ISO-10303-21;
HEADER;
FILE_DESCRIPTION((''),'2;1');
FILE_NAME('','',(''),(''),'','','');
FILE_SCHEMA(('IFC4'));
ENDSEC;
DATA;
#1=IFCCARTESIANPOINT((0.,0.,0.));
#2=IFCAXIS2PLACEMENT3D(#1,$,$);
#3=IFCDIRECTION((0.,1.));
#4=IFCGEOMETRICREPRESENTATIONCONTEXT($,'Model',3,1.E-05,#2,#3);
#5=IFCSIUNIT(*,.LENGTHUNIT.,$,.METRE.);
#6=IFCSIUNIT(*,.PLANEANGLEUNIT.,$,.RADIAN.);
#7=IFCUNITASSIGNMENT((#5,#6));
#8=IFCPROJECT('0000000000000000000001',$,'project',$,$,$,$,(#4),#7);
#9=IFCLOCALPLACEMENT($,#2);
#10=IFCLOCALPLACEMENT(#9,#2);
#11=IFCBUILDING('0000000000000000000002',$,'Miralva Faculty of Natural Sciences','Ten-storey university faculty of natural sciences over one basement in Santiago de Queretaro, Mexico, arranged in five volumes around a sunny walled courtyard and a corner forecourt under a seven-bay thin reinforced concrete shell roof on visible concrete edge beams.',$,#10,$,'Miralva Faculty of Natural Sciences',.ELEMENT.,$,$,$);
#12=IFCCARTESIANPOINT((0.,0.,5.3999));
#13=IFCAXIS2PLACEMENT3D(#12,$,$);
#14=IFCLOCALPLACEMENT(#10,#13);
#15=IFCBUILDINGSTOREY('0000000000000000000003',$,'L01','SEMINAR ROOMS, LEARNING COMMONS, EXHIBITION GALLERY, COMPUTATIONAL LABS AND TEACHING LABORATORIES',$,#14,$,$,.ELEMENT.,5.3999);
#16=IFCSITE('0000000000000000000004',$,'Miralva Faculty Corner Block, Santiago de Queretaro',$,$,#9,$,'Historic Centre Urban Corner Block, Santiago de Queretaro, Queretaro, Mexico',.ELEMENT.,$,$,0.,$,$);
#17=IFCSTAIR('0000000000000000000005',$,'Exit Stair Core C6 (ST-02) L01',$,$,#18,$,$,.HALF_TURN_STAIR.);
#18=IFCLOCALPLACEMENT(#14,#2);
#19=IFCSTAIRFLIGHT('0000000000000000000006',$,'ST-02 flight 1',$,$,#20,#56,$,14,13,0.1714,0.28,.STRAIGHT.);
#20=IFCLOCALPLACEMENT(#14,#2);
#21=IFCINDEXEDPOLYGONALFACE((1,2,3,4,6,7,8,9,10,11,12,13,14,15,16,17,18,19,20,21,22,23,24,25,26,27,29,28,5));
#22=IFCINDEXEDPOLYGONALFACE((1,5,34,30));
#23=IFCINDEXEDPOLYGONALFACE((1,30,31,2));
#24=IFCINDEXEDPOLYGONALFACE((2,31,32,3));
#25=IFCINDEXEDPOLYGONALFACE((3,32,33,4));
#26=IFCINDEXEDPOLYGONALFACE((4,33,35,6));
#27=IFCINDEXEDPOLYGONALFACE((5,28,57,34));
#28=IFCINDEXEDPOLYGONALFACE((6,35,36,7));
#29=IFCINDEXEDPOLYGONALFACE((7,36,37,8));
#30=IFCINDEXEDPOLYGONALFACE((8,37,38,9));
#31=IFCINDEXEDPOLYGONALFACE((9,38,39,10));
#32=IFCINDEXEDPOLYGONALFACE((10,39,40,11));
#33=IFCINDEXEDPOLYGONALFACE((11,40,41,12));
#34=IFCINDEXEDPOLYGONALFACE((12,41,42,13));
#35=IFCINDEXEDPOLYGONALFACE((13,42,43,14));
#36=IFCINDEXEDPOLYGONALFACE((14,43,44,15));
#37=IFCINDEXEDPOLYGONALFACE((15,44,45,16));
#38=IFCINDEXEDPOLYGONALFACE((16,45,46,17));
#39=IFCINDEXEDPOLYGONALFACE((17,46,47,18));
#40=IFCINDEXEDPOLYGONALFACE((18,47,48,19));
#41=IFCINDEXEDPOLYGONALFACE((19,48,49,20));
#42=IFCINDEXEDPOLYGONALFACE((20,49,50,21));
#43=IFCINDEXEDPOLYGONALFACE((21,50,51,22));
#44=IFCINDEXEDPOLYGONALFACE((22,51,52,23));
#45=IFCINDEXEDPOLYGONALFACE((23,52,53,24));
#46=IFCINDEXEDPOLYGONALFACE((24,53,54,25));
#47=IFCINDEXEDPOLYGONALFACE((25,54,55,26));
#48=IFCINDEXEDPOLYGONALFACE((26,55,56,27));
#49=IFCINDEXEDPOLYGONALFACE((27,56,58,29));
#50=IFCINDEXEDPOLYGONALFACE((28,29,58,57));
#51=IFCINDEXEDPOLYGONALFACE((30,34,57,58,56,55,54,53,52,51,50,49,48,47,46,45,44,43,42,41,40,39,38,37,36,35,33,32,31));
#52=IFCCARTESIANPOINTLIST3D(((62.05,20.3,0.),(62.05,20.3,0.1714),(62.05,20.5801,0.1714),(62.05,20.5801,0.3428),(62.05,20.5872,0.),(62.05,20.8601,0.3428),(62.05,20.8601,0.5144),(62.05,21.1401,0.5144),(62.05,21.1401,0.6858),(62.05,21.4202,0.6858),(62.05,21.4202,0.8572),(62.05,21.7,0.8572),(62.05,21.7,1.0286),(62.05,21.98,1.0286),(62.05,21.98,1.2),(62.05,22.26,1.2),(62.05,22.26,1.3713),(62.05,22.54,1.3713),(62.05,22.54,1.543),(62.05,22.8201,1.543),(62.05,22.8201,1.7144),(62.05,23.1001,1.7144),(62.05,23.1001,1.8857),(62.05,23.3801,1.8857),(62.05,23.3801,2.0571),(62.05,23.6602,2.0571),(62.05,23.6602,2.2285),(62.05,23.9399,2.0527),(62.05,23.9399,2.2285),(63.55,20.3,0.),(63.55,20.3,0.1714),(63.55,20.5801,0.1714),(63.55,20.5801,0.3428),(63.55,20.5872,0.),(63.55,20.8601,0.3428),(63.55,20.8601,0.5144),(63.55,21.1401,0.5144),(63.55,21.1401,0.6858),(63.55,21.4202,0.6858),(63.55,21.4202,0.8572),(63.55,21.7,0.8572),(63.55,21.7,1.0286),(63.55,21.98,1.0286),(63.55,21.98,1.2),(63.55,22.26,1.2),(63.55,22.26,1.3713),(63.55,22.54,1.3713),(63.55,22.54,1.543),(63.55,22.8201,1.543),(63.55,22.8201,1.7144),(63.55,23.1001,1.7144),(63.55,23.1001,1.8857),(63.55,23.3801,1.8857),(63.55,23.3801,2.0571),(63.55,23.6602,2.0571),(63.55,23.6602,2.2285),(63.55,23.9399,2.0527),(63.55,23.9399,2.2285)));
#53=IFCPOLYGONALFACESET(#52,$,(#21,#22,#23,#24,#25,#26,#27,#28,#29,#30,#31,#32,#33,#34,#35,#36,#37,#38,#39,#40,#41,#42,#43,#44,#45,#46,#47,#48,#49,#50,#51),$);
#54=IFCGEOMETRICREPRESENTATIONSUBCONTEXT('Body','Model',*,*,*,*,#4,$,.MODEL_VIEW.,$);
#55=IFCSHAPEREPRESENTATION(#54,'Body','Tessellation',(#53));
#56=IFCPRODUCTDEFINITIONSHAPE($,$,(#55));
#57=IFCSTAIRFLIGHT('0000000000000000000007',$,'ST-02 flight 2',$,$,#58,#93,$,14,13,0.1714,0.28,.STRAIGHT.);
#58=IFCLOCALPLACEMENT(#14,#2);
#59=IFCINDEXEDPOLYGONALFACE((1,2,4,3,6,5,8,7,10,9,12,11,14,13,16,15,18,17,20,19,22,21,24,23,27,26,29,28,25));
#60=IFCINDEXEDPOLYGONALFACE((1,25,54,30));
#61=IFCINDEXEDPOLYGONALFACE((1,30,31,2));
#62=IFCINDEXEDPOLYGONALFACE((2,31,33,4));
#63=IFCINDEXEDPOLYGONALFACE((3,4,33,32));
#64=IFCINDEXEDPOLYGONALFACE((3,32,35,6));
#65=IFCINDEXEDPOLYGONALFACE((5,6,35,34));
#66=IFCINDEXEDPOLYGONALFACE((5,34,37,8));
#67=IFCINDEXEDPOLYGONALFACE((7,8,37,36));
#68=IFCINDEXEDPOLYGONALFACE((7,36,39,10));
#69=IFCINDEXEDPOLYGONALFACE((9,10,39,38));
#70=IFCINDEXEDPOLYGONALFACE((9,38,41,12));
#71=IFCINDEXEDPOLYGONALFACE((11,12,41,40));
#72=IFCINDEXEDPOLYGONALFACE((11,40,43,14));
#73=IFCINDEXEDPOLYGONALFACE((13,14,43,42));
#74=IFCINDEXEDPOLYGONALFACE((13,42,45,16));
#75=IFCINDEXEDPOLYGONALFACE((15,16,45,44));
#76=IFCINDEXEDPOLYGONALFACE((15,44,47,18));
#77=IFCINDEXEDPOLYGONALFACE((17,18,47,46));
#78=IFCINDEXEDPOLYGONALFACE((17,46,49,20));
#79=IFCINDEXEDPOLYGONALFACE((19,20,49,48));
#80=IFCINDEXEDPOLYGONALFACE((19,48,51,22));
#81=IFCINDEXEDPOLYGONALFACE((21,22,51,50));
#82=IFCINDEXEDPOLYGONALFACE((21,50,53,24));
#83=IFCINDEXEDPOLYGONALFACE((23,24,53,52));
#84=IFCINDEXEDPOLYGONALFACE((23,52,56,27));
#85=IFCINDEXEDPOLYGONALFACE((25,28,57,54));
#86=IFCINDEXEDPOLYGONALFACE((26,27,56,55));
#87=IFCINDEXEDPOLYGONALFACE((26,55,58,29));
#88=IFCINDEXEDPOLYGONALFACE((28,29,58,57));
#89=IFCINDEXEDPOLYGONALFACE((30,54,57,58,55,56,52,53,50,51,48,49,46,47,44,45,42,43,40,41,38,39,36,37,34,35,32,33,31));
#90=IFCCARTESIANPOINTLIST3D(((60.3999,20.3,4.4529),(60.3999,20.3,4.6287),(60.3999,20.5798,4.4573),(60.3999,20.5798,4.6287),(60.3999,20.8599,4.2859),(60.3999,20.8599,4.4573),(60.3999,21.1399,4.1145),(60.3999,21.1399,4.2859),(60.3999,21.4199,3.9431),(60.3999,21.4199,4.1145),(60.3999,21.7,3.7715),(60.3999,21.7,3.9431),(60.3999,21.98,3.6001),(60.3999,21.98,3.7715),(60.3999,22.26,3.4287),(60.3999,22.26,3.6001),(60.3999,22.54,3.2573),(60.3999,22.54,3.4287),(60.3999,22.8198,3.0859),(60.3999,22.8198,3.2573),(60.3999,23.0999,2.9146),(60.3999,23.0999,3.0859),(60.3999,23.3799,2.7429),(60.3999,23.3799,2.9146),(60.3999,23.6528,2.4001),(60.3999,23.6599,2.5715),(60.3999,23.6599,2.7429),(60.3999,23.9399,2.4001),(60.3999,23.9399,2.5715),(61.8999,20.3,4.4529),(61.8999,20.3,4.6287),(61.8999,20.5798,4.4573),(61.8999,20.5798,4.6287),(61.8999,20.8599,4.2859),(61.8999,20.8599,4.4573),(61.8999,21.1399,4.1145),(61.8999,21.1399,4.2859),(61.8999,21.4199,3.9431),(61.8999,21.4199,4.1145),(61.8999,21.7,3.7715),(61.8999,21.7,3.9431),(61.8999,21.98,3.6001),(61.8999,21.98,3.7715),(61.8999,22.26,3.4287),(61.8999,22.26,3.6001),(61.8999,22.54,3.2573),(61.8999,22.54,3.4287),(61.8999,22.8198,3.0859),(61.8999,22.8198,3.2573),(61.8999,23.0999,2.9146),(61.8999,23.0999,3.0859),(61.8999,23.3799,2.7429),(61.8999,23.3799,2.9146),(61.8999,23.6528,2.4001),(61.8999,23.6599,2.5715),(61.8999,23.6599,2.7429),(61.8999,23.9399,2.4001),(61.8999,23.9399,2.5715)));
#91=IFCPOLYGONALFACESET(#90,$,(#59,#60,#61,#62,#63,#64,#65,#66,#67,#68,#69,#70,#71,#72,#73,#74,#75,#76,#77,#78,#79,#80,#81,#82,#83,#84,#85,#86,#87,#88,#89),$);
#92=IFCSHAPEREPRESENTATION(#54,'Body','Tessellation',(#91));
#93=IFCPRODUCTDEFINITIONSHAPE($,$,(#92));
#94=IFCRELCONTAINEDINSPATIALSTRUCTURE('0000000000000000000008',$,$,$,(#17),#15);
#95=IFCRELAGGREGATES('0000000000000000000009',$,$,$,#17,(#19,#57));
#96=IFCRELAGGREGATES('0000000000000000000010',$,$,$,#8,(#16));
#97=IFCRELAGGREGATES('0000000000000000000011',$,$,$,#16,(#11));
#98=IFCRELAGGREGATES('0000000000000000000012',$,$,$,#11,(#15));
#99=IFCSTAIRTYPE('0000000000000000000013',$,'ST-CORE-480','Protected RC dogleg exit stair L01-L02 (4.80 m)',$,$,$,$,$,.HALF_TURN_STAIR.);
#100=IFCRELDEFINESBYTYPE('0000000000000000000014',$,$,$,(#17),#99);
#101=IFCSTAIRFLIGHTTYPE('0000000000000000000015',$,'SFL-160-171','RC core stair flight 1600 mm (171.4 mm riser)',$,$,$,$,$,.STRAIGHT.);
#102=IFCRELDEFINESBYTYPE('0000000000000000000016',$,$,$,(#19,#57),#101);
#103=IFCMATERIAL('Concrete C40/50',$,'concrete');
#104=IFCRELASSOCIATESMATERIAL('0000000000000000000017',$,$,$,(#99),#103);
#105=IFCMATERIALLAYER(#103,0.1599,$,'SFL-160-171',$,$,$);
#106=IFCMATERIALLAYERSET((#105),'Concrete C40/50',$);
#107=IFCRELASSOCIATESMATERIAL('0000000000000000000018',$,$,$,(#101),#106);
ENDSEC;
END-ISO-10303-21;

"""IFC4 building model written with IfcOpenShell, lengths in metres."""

from ifc_helpers import new_model, si_unit, direction, frame, origin, place, context, subcontext, project, spatial, polyline, outline, extrude, material, layer, layer_set, type_object, element, aggregate, save


model = new_model("IFC4")

# Units and contexts
model_context = context("Model", 3, precision=1e-05, world=origin(), true_north=direction((0.0, 1.0)))
body_context = subcontext(model_context, "Body", "Model", "MODEL_VIEW")
ifc_project = project(units=[si_unit("LENGTHUNIT", "METRE"), si_unit("PLANEANGLEUNIT", "RADIAN")], contexts=[model_context])

# Site, building, storey
site_placement = place(None, origin())
site = spatial("IfcSite", under=ifc_project, at=site_placement, Name="Miralva Faculty Corner Block, Santiago de Queretaro", LongName="Historic Centre Urban Corner Block, Santiago de Queretaro, Queretaro, Mexico", CompositionType="ELEMENT", RefElevation=0.0)
building_placement = place(site_placement, origin())
building = spatial("IfcBuilding", under=site, at=building_placement, Name="Miralva Faculty of Natural Sciences", Description="Ten-storey university faculty of natural sciences over one basement in Santiago de Queretaro, Mexico, arranged in five volumes around a sunny walled courtyard and a corner forecourt under a seven-bay thin reinforced concrete shell roof on visible concrete edge beams.", LongName="Miralva Faculty of Natural Sciences", CompositionType="ELEMENT")
storey_placement = place(building_placement, frame((0.0, 0.0, 5.3999)))
storey = spatial("IfcBuildingStorey", under=building, at=storey_placement, Name="L01", Description="SEMINAR ROOMS, LEARNING COMMONS, EXHIBITION GALLERY, COMPUTATIONAL LABS AND TEACHING LABORATORIES", CompositionType="ELEMENT", Elevation=5.3999)

# Shared definitions
ifc_material_1 = material(Name="Concrete C40/50", Category="concrete")

# Stair, stair flights
stair_type = type_object("IfcStairType", Name="ST-CORE-480", Description="Protected RC dogleg exit stair L01-L02 (4.80 m)", PredefinedType="HALF_TURN_STAIR", material=ifc_material_1)
stair_placement = place(storey_placement, origin())
stair = element("IfcStair", 1, at=stair_placement, inside=storey, type_object=stair_type, Name="Exit Stair Core C6 (ST-02) L01", PredefinedType="HALF_TURN_STAIR")
ifc_layer_1 = layer(ifc_material_1, 0.1599, Name="SFL-160-171")
ifc_layer_set_1 = layer_set([ifc_layer_1], Name="Concrete C40/50")
stair_flight_type = type_object("IfcStairFlightType", Name="SFL-160-171", Description="RC core stair flight 1600 mm (171.4 mm riser)", PredefinedType="STRAIGHT", material=ifc_layer_set_1)
stair_flight_1_placement = place(storey_placement, frame((62.8, 20.3, 0.0), z_axis=(0.0, 0.0, 1.0), x_axis=(0.0, 1.0, 0.0)))
stair_flight_1 = element("IfcStairFlight", 2, at=stair_flight_1_placement, type_object=stair_flight_type, Name="ST-02 flight 1", NumberOfRisers=14, NumberOfTreads=13, PredefinedType="STRAIGHT", RiserHeight=0.1714, TreadLength=0.28, context=body_context, shape_type="SweptSolid", body=[
    extrude(outline(polyline([(0.0, 0.0), (0.0, 0.1714), (0.28, 0.1714), (0.28, 0.3428), (0.5601, 0.3428), (0.5601, 0.5144), (0.8401, 0.5144), (0.8401, 0.6858), (1.1201, 0.6858), (1.1201, 0.8572), (1.3999, 0.8572), (1.3999, 1.0286), (1.6799, 1.0286), (1.6799, 1.2), (1.96, 1.2), (1.96, 1.3713), (2.24, 1.3713), (2.24, 1.543), (2.52, 1.543), (2.52, 1.7144), (2.8, 1.7144), (2.8, 1.8857), (3.0801, 1.8857), (3.0801, 2.0571), (3.3601, 2.0571), (3.3601, 2.2285), (3.6399, 2.2285), (3.6399, 2.3999), (3.6399, 2.0527), (0.2871, 0.0), (0.0, 0.0)])), frame((0.0, 0.75, 0.0), z_axis=(0.0, -1.0, 0.0), x_axis=(1.0, 0.0, 0.0)), (0.0, 0.0, 1.0), 1.5),
])
stair_flight_2_placement = place(storey_placement, frame((61.1499, 23.9399, 2.4001), z_axis=(0.0, 0.0, 1.0), x_axis=(0.0, -1.0, 0.0)))
stair_flight_2 = element("IfcStairFlight", 3, at=stair_flight_2_placement, type_object=stair_flight_type, Name="ST-02 flight 2", NumberOfRisers=14, NumberOfTreads=13, PredefinedType="STRAIGHT", RiserHeight=0.1714, TreadLength=0.28, context=body_context, shape_type="SweptSolid", body=[
    extrude(outline(polyline([(0.0, 0.0), (0.0, 0.1714), (0.28, 0.1714), (0.28, 0.3428), (0.5601, 0.3428), (0.5601, 0.5144), (0.8401, 0.5144), (0.8401, 0.6858), (1.1201, 0.6858), (1.1201, 0.8572), (1.3999, 0.8572), (1.3999, 1.0286), (1.6799, 1.0286), (1.6799, 1.2), (1.96, 1.2), (1.96, 1.3713), (2.24, 1.3713), (2.24, 1.543), (2.52, 1.543), (2.52, 1.7144), (2.8, 1.7144), (2.8, 1.8857), (3.0801, 1.8857), (3.0801, 2.0571), (3.3601, 2.0571), (3.3601, 2.2285), (3.6399, 2.2285), (3.6399, 2.3999), (3.6399, 2.0527), (0.2871, 0.0), (0.0, 0.0)])), frame((0.0, 0.75, 0.0), z_axis=(0.0, -1.0, 0.0), x_axis=(1.0, 0.0, 0.0)), (0.0, 0.0, 1.0), 1.5),
])
aggregate(stair, [stair_flight_1, stair_flight_2])

save(model, "model.ifc")
